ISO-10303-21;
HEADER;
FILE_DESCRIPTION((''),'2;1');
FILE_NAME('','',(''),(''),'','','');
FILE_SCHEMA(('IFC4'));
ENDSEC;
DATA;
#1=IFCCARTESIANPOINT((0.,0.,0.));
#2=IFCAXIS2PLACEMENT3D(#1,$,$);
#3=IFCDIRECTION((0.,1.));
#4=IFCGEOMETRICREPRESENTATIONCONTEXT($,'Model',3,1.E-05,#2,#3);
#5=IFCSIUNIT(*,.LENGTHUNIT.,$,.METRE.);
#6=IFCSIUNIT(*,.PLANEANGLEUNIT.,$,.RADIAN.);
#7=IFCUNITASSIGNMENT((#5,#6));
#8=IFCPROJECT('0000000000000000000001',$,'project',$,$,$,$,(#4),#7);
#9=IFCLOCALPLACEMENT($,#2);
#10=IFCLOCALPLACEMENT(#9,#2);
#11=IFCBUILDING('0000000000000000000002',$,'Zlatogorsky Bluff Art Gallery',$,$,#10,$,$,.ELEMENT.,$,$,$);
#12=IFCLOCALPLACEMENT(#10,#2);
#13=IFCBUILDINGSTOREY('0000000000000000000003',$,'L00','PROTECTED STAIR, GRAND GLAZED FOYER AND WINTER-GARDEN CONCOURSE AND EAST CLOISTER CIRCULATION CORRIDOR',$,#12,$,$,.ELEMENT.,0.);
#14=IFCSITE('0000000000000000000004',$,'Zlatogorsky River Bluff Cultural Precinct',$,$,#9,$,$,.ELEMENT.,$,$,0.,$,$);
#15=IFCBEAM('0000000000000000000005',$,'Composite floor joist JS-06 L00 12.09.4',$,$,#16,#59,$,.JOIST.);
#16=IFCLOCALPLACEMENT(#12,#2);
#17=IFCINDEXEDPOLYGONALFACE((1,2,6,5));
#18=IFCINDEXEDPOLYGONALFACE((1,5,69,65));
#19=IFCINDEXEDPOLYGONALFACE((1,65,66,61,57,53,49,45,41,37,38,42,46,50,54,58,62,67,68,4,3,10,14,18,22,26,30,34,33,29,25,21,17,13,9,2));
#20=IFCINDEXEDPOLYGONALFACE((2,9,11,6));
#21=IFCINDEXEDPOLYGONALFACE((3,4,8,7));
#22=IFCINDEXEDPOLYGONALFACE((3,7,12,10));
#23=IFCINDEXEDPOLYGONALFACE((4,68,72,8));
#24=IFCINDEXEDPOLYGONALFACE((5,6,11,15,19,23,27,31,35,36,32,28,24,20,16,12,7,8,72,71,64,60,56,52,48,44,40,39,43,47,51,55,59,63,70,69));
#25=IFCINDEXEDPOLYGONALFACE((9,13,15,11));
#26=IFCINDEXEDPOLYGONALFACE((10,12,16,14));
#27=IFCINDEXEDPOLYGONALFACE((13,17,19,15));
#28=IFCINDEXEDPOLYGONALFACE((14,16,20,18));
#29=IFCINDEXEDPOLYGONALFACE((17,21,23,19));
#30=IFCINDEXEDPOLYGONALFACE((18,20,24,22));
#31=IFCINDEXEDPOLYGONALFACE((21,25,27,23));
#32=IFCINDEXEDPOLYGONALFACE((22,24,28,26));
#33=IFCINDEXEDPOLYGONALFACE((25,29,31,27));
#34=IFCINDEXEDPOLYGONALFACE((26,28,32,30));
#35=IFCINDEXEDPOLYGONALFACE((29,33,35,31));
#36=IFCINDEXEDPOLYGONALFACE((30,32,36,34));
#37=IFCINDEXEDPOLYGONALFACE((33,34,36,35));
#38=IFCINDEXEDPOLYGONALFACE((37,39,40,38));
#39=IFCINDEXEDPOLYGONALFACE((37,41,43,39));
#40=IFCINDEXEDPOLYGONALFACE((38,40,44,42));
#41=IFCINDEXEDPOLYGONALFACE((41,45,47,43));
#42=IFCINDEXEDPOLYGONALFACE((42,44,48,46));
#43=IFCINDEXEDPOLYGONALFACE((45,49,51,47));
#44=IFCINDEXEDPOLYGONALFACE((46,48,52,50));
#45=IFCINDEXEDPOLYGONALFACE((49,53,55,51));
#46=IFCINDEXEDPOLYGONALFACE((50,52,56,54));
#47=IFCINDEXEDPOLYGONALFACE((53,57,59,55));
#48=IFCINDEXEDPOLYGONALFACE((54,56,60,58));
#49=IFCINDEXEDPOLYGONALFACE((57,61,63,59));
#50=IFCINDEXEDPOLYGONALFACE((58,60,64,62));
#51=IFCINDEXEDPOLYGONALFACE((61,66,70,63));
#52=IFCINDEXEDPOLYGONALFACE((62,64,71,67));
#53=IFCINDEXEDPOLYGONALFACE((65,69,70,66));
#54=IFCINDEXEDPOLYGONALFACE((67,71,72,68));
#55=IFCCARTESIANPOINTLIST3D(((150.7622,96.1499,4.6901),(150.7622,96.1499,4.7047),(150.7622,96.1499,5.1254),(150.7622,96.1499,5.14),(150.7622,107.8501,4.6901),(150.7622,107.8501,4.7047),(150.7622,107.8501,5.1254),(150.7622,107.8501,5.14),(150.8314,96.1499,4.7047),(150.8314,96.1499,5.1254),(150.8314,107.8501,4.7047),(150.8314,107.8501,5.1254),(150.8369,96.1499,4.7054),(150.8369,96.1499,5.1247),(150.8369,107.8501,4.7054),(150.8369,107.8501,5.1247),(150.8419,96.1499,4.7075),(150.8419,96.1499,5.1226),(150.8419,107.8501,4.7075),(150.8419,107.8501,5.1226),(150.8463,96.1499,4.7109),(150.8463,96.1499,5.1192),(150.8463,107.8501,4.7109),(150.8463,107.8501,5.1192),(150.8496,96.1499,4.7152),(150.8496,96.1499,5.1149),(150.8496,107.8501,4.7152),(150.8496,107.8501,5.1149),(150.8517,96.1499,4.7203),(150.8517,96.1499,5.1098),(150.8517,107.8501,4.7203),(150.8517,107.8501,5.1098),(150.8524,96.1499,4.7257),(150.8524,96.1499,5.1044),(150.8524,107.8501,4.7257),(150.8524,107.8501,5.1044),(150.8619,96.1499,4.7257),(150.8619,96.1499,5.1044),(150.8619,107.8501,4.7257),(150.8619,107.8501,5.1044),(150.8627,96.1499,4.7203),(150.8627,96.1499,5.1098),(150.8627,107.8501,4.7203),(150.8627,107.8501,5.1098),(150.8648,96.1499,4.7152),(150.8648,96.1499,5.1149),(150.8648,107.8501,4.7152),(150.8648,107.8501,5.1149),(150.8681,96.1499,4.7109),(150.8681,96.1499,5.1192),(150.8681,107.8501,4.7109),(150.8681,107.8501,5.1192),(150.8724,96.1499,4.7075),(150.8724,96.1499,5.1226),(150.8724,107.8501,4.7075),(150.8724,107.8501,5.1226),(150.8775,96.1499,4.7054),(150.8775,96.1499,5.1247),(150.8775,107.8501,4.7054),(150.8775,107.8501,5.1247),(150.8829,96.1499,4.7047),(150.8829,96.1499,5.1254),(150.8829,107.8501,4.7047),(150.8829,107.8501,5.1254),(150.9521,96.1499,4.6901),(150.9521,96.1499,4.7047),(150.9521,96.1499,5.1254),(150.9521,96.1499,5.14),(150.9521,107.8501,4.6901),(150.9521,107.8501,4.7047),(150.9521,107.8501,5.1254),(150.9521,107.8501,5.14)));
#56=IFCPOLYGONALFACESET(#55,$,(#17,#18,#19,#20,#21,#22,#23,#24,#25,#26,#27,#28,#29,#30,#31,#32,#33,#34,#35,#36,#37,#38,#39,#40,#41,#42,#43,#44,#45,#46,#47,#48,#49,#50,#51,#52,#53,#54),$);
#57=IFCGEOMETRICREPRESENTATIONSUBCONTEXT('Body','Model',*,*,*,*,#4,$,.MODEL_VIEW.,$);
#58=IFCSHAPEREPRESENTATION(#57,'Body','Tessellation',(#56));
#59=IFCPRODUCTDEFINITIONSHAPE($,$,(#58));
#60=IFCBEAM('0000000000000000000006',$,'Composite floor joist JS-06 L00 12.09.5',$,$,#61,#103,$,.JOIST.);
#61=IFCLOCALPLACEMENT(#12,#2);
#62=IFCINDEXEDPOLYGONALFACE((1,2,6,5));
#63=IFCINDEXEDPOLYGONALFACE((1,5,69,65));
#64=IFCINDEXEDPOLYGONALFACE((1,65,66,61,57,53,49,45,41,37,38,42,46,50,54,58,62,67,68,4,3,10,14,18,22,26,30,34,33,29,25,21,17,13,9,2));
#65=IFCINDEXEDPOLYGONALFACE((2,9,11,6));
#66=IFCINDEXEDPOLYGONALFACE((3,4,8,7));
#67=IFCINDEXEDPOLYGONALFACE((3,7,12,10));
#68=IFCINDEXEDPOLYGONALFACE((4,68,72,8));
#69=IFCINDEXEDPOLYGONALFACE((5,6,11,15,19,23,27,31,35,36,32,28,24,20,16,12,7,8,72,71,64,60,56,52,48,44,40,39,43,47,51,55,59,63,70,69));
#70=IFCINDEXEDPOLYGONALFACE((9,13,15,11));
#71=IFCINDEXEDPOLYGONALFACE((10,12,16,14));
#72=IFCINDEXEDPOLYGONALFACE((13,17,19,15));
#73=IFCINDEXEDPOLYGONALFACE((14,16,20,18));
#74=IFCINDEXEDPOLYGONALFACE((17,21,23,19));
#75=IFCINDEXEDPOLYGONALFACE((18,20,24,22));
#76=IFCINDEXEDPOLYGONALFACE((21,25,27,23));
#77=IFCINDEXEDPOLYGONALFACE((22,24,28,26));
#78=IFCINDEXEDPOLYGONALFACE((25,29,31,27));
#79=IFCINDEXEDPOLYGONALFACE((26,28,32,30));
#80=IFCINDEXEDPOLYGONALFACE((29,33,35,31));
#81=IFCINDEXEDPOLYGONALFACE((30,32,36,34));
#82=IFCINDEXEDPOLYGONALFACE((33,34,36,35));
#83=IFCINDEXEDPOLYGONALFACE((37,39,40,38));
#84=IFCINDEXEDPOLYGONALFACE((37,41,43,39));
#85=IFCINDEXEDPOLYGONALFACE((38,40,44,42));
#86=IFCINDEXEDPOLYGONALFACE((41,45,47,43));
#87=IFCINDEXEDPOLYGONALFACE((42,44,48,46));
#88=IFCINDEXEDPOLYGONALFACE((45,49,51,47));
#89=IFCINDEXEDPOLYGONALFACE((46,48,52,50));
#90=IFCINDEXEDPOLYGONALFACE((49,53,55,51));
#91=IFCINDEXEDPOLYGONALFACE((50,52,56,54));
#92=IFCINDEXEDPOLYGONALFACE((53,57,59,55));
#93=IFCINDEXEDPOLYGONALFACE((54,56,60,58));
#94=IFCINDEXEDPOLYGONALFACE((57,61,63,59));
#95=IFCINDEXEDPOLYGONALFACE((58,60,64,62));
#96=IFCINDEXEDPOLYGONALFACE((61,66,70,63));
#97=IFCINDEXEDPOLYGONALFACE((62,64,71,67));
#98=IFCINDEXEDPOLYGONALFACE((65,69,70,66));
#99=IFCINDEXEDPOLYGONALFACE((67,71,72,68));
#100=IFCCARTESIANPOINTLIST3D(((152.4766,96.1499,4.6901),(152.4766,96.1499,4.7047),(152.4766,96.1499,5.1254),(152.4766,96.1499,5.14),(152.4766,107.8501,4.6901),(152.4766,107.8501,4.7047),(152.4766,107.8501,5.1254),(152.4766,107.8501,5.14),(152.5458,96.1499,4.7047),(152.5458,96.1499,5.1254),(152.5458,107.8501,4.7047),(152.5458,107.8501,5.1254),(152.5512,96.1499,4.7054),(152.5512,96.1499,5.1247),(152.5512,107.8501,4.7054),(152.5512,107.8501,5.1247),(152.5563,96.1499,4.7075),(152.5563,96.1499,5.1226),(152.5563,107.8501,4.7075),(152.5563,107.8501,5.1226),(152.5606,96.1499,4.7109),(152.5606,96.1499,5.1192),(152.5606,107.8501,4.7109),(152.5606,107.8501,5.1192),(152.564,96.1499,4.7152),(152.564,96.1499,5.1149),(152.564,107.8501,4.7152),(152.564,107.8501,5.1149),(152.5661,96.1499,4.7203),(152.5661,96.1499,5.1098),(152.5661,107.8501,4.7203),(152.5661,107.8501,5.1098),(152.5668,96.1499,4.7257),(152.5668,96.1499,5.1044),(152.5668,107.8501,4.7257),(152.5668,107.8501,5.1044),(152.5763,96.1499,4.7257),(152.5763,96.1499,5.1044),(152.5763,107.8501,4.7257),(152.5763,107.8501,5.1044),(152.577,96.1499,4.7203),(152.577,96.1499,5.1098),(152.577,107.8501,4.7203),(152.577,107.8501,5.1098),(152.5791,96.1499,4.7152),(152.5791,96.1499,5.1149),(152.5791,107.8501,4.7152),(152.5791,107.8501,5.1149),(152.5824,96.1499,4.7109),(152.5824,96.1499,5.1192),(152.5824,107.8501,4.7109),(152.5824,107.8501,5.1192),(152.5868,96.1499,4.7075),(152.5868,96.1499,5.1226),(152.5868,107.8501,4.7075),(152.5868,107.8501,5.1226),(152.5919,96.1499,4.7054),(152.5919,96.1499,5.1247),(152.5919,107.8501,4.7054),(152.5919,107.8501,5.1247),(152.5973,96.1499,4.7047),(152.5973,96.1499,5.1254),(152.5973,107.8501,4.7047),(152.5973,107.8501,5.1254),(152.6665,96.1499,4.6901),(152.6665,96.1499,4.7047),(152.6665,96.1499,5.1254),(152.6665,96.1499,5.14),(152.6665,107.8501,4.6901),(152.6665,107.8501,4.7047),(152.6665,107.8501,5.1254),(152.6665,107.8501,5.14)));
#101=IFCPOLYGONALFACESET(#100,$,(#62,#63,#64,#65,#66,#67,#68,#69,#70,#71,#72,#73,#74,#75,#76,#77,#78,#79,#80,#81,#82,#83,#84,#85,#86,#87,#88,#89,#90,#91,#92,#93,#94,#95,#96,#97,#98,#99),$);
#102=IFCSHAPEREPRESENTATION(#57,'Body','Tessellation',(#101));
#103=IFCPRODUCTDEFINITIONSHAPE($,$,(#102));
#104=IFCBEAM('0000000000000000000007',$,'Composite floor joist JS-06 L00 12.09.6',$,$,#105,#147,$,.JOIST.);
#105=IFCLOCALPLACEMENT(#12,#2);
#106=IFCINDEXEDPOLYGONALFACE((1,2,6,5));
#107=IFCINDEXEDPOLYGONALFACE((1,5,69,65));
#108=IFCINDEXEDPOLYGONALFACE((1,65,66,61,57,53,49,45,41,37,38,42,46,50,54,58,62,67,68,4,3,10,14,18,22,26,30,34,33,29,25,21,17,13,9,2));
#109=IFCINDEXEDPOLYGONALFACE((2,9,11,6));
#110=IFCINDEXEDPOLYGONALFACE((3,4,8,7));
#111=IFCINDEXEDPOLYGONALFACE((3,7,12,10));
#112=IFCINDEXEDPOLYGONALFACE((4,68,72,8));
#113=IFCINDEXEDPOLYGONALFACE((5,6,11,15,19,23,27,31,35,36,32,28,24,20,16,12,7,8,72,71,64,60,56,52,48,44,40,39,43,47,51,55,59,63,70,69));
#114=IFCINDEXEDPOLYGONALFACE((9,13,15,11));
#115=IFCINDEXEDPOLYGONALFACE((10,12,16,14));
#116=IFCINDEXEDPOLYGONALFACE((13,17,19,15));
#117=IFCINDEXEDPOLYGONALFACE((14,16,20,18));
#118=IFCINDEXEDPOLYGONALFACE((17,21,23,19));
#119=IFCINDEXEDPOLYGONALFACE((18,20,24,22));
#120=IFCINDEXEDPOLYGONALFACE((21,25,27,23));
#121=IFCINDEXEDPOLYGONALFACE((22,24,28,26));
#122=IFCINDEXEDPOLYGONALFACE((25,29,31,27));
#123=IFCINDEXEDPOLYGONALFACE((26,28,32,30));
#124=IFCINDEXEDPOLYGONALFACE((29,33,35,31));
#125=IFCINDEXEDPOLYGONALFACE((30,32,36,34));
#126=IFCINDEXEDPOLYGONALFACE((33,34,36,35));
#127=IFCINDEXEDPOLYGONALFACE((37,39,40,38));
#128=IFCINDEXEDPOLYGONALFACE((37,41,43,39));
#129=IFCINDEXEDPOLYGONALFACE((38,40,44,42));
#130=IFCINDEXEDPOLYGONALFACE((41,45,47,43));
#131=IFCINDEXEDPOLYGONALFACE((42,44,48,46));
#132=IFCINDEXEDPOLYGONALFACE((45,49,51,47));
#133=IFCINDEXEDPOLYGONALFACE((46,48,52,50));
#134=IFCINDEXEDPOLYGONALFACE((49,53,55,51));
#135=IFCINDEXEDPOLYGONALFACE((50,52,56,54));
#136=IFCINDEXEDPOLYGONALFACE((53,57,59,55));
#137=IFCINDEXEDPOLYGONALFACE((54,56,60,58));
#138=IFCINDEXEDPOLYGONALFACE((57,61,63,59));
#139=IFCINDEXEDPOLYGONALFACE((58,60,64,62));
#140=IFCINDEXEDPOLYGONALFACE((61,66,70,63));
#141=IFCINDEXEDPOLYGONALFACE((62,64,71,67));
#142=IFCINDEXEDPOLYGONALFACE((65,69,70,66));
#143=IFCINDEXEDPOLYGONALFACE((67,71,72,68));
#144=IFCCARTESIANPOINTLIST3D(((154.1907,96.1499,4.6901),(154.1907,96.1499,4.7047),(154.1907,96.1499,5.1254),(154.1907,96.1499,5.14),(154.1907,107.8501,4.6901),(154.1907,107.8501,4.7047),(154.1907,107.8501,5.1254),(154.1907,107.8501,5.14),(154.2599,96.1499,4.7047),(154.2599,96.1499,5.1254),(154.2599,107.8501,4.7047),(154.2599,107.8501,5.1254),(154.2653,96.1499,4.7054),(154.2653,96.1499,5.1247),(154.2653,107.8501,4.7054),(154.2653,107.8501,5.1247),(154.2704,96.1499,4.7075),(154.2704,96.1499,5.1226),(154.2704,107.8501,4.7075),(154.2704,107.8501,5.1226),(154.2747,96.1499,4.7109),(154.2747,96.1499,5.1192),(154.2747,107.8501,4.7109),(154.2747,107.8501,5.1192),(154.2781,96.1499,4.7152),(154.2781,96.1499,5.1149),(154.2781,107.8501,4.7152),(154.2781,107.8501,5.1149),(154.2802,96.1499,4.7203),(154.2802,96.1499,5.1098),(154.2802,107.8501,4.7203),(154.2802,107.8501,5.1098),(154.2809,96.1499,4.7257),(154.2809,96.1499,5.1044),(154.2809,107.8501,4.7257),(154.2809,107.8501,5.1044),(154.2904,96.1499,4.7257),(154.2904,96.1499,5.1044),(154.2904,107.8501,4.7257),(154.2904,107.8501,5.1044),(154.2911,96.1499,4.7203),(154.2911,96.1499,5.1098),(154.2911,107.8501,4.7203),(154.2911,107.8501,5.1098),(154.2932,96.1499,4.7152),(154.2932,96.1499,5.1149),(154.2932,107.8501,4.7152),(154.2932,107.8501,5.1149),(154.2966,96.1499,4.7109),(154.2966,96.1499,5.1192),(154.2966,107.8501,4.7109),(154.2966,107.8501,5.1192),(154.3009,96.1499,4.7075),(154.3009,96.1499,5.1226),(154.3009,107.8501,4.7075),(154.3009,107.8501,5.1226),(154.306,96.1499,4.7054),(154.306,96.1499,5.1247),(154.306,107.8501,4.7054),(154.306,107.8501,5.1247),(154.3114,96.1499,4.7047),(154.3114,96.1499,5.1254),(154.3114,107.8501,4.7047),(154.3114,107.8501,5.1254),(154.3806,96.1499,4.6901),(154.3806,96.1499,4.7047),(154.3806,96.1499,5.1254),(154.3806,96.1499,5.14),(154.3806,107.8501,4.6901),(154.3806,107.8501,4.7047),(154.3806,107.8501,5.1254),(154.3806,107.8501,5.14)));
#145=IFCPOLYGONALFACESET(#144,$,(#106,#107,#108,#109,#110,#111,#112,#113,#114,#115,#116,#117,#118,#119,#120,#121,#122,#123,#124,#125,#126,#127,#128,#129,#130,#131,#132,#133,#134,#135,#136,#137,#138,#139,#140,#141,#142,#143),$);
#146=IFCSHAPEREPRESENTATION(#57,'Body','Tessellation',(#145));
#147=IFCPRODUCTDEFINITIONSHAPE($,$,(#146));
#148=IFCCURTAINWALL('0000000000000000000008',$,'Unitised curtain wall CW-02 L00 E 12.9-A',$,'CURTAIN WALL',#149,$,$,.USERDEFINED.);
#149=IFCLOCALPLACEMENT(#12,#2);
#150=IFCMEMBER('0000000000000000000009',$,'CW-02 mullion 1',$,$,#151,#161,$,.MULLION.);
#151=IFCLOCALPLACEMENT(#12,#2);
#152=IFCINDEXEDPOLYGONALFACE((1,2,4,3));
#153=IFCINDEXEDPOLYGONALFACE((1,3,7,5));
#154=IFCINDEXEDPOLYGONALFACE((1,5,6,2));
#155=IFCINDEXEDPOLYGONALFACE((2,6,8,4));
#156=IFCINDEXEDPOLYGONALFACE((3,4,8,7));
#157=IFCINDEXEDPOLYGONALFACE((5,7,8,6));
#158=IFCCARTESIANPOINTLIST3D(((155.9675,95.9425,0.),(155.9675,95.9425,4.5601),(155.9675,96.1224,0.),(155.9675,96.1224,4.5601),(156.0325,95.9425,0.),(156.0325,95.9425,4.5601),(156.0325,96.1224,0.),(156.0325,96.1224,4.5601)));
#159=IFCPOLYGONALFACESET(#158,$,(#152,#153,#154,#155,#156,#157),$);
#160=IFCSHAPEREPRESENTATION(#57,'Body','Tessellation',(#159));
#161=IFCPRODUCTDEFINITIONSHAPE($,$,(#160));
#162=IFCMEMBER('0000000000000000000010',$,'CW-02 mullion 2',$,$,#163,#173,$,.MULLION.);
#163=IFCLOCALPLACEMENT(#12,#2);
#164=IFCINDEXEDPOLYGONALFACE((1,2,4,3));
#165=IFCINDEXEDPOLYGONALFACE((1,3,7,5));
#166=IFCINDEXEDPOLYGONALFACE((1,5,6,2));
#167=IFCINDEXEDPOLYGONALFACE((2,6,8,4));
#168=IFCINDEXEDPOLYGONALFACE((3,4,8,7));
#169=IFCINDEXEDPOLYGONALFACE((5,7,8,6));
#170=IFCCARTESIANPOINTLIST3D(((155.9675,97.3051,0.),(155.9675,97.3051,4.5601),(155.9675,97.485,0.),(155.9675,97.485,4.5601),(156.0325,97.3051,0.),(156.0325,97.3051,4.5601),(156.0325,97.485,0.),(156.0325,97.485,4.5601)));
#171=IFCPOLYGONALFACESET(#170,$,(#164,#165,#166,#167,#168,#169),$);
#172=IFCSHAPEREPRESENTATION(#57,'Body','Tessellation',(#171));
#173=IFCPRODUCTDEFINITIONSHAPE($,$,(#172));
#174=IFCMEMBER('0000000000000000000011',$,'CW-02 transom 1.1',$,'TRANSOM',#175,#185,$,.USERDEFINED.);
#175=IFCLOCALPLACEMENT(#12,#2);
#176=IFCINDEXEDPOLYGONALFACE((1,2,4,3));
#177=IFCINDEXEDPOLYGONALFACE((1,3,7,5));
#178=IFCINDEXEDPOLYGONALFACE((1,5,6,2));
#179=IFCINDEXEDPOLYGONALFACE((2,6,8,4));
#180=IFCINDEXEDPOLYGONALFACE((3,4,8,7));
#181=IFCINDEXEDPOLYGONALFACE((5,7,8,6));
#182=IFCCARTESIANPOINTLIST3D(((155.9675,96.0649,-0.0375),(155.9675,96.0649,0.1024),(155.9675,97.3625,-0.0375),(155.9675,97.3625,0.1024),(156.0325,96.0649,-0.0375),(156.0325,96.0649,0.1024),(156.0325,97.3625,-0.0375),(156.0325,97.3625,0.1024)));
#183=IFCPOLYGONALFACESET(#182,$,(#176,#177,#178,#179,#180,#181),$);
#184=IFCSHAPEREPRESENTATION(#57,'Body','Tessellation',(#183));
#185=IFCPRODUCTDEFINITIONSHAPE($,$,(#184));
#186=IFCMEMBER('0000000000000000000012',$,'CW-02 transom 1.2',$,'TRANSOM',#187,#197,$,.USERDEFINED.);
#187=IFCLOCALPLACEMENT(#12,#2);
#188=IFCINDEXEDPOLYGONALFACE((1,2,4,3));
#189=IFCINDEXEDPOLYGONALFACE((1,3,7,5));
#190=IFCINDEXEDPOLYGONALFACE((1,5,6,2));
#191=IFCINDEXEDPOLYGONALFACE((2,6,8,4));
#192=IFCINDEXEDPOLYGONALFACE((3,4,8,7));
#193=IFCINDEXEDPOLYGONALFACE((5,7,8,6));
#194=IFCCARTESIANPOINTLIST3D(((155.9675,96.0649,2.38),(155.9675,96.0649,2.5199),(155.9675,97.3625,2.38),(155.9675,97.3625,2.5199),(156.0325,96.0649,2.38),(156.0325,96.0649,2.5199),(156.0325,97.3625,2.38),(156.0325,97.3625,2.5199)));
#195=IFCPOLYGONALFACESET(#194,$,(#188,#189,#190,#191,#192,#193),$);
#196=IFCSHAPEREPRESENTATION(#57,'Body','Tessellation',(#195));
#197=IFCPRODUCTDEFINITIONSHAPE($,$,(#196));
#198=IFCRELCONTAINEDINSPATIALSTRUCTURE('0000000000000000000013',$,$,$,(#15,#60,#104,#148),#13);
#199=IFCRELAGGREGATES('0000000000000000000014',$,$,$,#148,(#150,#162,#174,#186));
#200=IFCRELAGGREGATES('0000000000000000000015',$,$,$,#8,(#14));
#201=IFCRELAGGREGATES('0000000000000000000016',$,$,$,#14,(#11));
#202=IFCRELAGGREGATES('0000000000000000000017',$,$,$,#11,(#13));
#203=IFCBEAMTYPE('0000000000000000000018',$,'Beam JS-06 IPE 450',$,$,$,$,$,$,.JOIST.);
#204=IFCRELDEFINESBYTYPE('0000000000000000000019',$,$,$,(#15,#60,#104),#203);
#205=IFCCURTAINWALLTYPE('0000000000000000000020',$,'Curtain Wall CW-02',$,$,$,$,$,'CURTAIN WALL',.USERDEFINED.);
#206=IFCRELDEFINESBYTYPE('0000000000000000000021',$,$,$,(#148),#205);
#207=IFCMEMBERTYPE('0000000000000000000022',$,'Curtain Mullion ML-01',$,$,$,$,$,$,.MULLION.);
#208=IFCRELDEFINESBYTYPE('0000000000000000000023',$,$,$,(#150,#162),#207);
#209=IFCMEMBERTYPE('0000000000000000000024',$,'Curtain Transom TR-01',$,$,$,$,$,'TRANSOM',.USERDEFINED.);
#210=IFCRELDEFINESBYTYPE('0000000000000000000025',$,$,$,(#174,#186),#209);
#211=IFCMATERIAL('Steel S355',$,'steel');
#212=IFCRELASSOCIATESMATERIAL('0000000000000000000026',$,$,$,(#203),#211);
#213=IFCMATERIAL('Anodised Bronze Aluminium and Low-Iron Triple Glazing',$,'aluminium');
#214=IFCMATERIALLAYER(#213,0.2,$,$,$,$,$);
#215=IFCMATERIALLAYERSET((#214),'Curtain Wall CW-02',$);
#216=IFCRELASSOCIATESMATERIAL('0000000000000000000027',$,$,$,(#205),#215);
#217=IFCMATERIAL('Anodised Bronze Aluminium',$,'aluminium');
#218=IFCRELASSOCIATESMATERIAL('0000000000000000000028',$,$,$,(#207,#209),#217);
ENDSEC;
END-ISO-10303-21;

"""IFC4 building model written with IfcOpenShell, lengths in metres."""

from ifc_helpers import new_model, si_unit, direction, frame, origin, origin_2d, place, context, subcontext, project, spatial, rectangle, i_section, extrude, material, layer, layer_set, material_profile, profile_set, type_object, element, aggregate, save


model = new_model("IFC4")

# Units and contexts
model_context = context("Model", 3, precision=1e-05, world=origin(), true_north=direction((0.0, 1.0)))
body_context = subcontext(model_context, "Body", "Model", "MODEL_VIEW")
ifc_project = project(units=[si_unit("LENGTHUNIT", "METRE"), si_unit("PLANEANGLEUNIT", "RADIAN")], contexts=[model_context])

# Site, building, storey
site_placement = place(None, origin())
site = spatial("IfcSite", under=ifc_project, at=site_placement, Name="Zlatogorsky River Bluff Cultural Precinct", CompositionType="ELEMENT", RefElevation=0.0)
building_placement = place(site_placement, origin())
building = spatial("IfcBuilding", under=site, at=building_placement, Name="Zlatogorsky Bluff Art Gallery", CompositionType="ELEMENT")
storey_placement = place(building_placement, origin())
storey = spatial("IfcBuildingStorey", under=building, at=storey_placement, Name="L00", Description="PROTECTED STAIR, GRAND GLAZED FOYER AND WINTER-GARDEN CONCOURSE AND EAST CLOISTER CIRCULATION CORRIDOR", CompositionType="ELEMENT", Elevation=0.0)

# Shared definitions
ifc_material_1 = material(Name="Steel S355", Category="steel")

# Beams
ifc_material_profile_1 = material_profile(ifc_material_1, i_section(OverallWidth=0.1899, OverallDepth=0.45, WebThickness=0.0095, FlangeThickness=0.0146, FilletRadius=0.021, at=origin_2d()), Name="IPE 450")
ifc_profile_set_1 = profile_set([ifc_material_profile_1], Name="Steel S355")
beam_type_1 = type_object("IfcBeamType", Name="Beam JS-06 IPE 450", PredefinedType="JOIST", material=ifc_profile_set_1)
for number, where, z_axis, x_axis, name in (
    (1, (150.8572, 96.1499, 4.915), (0.0, 1.0, 0.0), (-1.0, 0.0, 0.0), "Composite floor joist JS-06 L00 12.09.4"),
    (2, (152.5715, 96.1499, 4.915), (0.0, 1.0, 0.0), (-1.0, 0.0, 0.0), "Composite floor joist JS-06 L00 12.09.5"),
    (3, (154.2856, 96.1499, 4.915), (0.0, 1.0, 0.0), (-1.0, 0.0, 0.0), "Composite floor joist JS-06 L00 12.09.6"),
):
    element("IfcBeam", number, at=place(storey_placement, frame(where, z_axis=z_axis, x_axis=x_axis)), inside=storey, type_object=beam_type_1, Name=name, PredefinedType="JOIST", context=body_context, shape_type="SweptSolid", body=[
        extrude(i_section(OverallWidth=0.1899, OverallDepth=0.45, WebThickness=0.0095, FlangeThickness=0.0146, FilletRadius=0.021, at=origin_2d()), origin(), (0.0, 0.0, 1.0), 11.7002),
    ])

# Curtain wall, members
ifc_material_2 = material(Name="Anodised Bronze Aluminium and Low-Iron Triple Glazing", Category="aluminium")
ifc_layer_1 = layer(ifc_material_2, 0.2)
ifc_layer_set_1 = layer_set([ifc_layer_1], Name="Curtain Wall CW-02")
curtain_wall_type = type_object("IfcCurtainWallType", Name="Curtain Wall CW-02", ElementType="CURTAIN WALL", PredefinedType="USERDEFINED", material=ifc_layer_set_1)
curtain_wall_placement = place(storey_placement, origin())
curtain_wall = element("IfcCurtainWall", 4, at=curtain_wall_placement, inside=storey, type_object=curtain_wall_type, Name="Unitised curtain wall CW-02 L00 E 12.9-A", ObjectType="CURTAIN WALL", PredefinedType="USERDEFINED")
ifc_material_3 = material(Name="Anodised Bronze Aluminium", Category="aluminium")
ifc_material_profile_2 = material_profile(ifc_material_3, rectangle(XDim=0.0649, YDim=0.1799, at=origin_2d()), Name="ALU MULLION 65x180")
ifc_profile_set_2 = profile_set([ifc_material_profile_2], Name="Anodised Bronze Aluminium")
member_type_1 = type_object("IfcMemberType", Name="Curtain Mullion ML-01", PredefinedType="MULLION", material=ifc_profile_set_2)
member_1_placement = place(storey_placement, frame((156.0, 96.0325, 0.0), z_axis=(0.0, 0.0, 1.0), x_axis=(-1.0, 0.0, 0.0)))
member_1 = element("IfcMember", 5, at=member_1_placement, type_object=member_type_1, Name="CW-02 mullion 1", PredefinedType="MULLION", context=body_context, shape_type="SweptSolid", body=[
    extrude(rectangle(XDim=0.0649, YDim=0.1799, at=origin_2d()), origin(), (0.0, 0.0, 1.0), 4.5601),
])
member_2_placement = place(storey_placement, frame((156.0, 97.395, 0.0), z_axis=(0.0, 0.0, 1.0), x_axis=(-1.0, 0.0, 0.0)))
member_2 = element("IfcMember", 6, at=member_2_placement, type_object=member_type_1, Name="CW-02 mullion 2", PredefinedType="MULLION", context=body_context, shape_type="SweptSolid", body=[
    extrude(rectangle(XDim=0.0649, YDim=0.1799, at=origin_2d()), origin(), (0.0, 0.0, 1.0), 4.5601),
])
ifc_material_profile_3 = material_profile(ifc_material_3, rectangle(XDim=0.0649, YDim=0.1399, at=origin_2d()), Name="ALU TRANSOM 65x140")
ifc_profile_set_3 = profile_set([ifc_material_profile_3], Name="Anodised Bronze Aluminium")
member_type_2 = type_object("IfcMemberType", Name="Curtain Transom TR-01", ElementType="TRANSOM", PredefinedType="USERDEFINED", material=ifc_profile_set_3)
member_3_placement = place(storey_placement, frame((156.0, 96.0649, 0.0325), z_axis=(0.0, 1.0, 0.0), x_axis=(-1.0, 0.0, 0.0)))
member_3 = element("IfcMember", 7, at=member_3_placement, type_object=member_type_2, Name="CW-02 transom 1.1", ObjectType="TRANSOM", PredefinedType="USERDEFINED", context=body_context, shape_type="SweptSolid", body=[
    extrude(rectangle(XDim=0.0649, YDim=0.1399, at=origin_2d()), origin(), (0.0, 0.0, 1.0), 1.2976),
])
member_4_placement = place(storey_placement, frame((156.0, 96.0649, 2.45), z_axis=(0.0, 1.0, 0.0), x_axis=(-1.0, 0.0, 0.0)))
member_4 = element("IfcMember", 8, at=member_4_placement, type_object=member_type_2, Name="CW-02 transom 1.2", ObjectType="TRANSOM", PredefinedType="USERDEFINED", context=body_context, shape_type="SweptSolid", body=[
    extrude(rectangle(XDim=0.0649, YDim=0.1399, at=origin_2d()), origin(), (0.0, 0.0, 1.0), 1.2976),
])
aggregate(curtain_wall, [member_1, member_2, member_3, member_4])

save(model, "model.ifc")
